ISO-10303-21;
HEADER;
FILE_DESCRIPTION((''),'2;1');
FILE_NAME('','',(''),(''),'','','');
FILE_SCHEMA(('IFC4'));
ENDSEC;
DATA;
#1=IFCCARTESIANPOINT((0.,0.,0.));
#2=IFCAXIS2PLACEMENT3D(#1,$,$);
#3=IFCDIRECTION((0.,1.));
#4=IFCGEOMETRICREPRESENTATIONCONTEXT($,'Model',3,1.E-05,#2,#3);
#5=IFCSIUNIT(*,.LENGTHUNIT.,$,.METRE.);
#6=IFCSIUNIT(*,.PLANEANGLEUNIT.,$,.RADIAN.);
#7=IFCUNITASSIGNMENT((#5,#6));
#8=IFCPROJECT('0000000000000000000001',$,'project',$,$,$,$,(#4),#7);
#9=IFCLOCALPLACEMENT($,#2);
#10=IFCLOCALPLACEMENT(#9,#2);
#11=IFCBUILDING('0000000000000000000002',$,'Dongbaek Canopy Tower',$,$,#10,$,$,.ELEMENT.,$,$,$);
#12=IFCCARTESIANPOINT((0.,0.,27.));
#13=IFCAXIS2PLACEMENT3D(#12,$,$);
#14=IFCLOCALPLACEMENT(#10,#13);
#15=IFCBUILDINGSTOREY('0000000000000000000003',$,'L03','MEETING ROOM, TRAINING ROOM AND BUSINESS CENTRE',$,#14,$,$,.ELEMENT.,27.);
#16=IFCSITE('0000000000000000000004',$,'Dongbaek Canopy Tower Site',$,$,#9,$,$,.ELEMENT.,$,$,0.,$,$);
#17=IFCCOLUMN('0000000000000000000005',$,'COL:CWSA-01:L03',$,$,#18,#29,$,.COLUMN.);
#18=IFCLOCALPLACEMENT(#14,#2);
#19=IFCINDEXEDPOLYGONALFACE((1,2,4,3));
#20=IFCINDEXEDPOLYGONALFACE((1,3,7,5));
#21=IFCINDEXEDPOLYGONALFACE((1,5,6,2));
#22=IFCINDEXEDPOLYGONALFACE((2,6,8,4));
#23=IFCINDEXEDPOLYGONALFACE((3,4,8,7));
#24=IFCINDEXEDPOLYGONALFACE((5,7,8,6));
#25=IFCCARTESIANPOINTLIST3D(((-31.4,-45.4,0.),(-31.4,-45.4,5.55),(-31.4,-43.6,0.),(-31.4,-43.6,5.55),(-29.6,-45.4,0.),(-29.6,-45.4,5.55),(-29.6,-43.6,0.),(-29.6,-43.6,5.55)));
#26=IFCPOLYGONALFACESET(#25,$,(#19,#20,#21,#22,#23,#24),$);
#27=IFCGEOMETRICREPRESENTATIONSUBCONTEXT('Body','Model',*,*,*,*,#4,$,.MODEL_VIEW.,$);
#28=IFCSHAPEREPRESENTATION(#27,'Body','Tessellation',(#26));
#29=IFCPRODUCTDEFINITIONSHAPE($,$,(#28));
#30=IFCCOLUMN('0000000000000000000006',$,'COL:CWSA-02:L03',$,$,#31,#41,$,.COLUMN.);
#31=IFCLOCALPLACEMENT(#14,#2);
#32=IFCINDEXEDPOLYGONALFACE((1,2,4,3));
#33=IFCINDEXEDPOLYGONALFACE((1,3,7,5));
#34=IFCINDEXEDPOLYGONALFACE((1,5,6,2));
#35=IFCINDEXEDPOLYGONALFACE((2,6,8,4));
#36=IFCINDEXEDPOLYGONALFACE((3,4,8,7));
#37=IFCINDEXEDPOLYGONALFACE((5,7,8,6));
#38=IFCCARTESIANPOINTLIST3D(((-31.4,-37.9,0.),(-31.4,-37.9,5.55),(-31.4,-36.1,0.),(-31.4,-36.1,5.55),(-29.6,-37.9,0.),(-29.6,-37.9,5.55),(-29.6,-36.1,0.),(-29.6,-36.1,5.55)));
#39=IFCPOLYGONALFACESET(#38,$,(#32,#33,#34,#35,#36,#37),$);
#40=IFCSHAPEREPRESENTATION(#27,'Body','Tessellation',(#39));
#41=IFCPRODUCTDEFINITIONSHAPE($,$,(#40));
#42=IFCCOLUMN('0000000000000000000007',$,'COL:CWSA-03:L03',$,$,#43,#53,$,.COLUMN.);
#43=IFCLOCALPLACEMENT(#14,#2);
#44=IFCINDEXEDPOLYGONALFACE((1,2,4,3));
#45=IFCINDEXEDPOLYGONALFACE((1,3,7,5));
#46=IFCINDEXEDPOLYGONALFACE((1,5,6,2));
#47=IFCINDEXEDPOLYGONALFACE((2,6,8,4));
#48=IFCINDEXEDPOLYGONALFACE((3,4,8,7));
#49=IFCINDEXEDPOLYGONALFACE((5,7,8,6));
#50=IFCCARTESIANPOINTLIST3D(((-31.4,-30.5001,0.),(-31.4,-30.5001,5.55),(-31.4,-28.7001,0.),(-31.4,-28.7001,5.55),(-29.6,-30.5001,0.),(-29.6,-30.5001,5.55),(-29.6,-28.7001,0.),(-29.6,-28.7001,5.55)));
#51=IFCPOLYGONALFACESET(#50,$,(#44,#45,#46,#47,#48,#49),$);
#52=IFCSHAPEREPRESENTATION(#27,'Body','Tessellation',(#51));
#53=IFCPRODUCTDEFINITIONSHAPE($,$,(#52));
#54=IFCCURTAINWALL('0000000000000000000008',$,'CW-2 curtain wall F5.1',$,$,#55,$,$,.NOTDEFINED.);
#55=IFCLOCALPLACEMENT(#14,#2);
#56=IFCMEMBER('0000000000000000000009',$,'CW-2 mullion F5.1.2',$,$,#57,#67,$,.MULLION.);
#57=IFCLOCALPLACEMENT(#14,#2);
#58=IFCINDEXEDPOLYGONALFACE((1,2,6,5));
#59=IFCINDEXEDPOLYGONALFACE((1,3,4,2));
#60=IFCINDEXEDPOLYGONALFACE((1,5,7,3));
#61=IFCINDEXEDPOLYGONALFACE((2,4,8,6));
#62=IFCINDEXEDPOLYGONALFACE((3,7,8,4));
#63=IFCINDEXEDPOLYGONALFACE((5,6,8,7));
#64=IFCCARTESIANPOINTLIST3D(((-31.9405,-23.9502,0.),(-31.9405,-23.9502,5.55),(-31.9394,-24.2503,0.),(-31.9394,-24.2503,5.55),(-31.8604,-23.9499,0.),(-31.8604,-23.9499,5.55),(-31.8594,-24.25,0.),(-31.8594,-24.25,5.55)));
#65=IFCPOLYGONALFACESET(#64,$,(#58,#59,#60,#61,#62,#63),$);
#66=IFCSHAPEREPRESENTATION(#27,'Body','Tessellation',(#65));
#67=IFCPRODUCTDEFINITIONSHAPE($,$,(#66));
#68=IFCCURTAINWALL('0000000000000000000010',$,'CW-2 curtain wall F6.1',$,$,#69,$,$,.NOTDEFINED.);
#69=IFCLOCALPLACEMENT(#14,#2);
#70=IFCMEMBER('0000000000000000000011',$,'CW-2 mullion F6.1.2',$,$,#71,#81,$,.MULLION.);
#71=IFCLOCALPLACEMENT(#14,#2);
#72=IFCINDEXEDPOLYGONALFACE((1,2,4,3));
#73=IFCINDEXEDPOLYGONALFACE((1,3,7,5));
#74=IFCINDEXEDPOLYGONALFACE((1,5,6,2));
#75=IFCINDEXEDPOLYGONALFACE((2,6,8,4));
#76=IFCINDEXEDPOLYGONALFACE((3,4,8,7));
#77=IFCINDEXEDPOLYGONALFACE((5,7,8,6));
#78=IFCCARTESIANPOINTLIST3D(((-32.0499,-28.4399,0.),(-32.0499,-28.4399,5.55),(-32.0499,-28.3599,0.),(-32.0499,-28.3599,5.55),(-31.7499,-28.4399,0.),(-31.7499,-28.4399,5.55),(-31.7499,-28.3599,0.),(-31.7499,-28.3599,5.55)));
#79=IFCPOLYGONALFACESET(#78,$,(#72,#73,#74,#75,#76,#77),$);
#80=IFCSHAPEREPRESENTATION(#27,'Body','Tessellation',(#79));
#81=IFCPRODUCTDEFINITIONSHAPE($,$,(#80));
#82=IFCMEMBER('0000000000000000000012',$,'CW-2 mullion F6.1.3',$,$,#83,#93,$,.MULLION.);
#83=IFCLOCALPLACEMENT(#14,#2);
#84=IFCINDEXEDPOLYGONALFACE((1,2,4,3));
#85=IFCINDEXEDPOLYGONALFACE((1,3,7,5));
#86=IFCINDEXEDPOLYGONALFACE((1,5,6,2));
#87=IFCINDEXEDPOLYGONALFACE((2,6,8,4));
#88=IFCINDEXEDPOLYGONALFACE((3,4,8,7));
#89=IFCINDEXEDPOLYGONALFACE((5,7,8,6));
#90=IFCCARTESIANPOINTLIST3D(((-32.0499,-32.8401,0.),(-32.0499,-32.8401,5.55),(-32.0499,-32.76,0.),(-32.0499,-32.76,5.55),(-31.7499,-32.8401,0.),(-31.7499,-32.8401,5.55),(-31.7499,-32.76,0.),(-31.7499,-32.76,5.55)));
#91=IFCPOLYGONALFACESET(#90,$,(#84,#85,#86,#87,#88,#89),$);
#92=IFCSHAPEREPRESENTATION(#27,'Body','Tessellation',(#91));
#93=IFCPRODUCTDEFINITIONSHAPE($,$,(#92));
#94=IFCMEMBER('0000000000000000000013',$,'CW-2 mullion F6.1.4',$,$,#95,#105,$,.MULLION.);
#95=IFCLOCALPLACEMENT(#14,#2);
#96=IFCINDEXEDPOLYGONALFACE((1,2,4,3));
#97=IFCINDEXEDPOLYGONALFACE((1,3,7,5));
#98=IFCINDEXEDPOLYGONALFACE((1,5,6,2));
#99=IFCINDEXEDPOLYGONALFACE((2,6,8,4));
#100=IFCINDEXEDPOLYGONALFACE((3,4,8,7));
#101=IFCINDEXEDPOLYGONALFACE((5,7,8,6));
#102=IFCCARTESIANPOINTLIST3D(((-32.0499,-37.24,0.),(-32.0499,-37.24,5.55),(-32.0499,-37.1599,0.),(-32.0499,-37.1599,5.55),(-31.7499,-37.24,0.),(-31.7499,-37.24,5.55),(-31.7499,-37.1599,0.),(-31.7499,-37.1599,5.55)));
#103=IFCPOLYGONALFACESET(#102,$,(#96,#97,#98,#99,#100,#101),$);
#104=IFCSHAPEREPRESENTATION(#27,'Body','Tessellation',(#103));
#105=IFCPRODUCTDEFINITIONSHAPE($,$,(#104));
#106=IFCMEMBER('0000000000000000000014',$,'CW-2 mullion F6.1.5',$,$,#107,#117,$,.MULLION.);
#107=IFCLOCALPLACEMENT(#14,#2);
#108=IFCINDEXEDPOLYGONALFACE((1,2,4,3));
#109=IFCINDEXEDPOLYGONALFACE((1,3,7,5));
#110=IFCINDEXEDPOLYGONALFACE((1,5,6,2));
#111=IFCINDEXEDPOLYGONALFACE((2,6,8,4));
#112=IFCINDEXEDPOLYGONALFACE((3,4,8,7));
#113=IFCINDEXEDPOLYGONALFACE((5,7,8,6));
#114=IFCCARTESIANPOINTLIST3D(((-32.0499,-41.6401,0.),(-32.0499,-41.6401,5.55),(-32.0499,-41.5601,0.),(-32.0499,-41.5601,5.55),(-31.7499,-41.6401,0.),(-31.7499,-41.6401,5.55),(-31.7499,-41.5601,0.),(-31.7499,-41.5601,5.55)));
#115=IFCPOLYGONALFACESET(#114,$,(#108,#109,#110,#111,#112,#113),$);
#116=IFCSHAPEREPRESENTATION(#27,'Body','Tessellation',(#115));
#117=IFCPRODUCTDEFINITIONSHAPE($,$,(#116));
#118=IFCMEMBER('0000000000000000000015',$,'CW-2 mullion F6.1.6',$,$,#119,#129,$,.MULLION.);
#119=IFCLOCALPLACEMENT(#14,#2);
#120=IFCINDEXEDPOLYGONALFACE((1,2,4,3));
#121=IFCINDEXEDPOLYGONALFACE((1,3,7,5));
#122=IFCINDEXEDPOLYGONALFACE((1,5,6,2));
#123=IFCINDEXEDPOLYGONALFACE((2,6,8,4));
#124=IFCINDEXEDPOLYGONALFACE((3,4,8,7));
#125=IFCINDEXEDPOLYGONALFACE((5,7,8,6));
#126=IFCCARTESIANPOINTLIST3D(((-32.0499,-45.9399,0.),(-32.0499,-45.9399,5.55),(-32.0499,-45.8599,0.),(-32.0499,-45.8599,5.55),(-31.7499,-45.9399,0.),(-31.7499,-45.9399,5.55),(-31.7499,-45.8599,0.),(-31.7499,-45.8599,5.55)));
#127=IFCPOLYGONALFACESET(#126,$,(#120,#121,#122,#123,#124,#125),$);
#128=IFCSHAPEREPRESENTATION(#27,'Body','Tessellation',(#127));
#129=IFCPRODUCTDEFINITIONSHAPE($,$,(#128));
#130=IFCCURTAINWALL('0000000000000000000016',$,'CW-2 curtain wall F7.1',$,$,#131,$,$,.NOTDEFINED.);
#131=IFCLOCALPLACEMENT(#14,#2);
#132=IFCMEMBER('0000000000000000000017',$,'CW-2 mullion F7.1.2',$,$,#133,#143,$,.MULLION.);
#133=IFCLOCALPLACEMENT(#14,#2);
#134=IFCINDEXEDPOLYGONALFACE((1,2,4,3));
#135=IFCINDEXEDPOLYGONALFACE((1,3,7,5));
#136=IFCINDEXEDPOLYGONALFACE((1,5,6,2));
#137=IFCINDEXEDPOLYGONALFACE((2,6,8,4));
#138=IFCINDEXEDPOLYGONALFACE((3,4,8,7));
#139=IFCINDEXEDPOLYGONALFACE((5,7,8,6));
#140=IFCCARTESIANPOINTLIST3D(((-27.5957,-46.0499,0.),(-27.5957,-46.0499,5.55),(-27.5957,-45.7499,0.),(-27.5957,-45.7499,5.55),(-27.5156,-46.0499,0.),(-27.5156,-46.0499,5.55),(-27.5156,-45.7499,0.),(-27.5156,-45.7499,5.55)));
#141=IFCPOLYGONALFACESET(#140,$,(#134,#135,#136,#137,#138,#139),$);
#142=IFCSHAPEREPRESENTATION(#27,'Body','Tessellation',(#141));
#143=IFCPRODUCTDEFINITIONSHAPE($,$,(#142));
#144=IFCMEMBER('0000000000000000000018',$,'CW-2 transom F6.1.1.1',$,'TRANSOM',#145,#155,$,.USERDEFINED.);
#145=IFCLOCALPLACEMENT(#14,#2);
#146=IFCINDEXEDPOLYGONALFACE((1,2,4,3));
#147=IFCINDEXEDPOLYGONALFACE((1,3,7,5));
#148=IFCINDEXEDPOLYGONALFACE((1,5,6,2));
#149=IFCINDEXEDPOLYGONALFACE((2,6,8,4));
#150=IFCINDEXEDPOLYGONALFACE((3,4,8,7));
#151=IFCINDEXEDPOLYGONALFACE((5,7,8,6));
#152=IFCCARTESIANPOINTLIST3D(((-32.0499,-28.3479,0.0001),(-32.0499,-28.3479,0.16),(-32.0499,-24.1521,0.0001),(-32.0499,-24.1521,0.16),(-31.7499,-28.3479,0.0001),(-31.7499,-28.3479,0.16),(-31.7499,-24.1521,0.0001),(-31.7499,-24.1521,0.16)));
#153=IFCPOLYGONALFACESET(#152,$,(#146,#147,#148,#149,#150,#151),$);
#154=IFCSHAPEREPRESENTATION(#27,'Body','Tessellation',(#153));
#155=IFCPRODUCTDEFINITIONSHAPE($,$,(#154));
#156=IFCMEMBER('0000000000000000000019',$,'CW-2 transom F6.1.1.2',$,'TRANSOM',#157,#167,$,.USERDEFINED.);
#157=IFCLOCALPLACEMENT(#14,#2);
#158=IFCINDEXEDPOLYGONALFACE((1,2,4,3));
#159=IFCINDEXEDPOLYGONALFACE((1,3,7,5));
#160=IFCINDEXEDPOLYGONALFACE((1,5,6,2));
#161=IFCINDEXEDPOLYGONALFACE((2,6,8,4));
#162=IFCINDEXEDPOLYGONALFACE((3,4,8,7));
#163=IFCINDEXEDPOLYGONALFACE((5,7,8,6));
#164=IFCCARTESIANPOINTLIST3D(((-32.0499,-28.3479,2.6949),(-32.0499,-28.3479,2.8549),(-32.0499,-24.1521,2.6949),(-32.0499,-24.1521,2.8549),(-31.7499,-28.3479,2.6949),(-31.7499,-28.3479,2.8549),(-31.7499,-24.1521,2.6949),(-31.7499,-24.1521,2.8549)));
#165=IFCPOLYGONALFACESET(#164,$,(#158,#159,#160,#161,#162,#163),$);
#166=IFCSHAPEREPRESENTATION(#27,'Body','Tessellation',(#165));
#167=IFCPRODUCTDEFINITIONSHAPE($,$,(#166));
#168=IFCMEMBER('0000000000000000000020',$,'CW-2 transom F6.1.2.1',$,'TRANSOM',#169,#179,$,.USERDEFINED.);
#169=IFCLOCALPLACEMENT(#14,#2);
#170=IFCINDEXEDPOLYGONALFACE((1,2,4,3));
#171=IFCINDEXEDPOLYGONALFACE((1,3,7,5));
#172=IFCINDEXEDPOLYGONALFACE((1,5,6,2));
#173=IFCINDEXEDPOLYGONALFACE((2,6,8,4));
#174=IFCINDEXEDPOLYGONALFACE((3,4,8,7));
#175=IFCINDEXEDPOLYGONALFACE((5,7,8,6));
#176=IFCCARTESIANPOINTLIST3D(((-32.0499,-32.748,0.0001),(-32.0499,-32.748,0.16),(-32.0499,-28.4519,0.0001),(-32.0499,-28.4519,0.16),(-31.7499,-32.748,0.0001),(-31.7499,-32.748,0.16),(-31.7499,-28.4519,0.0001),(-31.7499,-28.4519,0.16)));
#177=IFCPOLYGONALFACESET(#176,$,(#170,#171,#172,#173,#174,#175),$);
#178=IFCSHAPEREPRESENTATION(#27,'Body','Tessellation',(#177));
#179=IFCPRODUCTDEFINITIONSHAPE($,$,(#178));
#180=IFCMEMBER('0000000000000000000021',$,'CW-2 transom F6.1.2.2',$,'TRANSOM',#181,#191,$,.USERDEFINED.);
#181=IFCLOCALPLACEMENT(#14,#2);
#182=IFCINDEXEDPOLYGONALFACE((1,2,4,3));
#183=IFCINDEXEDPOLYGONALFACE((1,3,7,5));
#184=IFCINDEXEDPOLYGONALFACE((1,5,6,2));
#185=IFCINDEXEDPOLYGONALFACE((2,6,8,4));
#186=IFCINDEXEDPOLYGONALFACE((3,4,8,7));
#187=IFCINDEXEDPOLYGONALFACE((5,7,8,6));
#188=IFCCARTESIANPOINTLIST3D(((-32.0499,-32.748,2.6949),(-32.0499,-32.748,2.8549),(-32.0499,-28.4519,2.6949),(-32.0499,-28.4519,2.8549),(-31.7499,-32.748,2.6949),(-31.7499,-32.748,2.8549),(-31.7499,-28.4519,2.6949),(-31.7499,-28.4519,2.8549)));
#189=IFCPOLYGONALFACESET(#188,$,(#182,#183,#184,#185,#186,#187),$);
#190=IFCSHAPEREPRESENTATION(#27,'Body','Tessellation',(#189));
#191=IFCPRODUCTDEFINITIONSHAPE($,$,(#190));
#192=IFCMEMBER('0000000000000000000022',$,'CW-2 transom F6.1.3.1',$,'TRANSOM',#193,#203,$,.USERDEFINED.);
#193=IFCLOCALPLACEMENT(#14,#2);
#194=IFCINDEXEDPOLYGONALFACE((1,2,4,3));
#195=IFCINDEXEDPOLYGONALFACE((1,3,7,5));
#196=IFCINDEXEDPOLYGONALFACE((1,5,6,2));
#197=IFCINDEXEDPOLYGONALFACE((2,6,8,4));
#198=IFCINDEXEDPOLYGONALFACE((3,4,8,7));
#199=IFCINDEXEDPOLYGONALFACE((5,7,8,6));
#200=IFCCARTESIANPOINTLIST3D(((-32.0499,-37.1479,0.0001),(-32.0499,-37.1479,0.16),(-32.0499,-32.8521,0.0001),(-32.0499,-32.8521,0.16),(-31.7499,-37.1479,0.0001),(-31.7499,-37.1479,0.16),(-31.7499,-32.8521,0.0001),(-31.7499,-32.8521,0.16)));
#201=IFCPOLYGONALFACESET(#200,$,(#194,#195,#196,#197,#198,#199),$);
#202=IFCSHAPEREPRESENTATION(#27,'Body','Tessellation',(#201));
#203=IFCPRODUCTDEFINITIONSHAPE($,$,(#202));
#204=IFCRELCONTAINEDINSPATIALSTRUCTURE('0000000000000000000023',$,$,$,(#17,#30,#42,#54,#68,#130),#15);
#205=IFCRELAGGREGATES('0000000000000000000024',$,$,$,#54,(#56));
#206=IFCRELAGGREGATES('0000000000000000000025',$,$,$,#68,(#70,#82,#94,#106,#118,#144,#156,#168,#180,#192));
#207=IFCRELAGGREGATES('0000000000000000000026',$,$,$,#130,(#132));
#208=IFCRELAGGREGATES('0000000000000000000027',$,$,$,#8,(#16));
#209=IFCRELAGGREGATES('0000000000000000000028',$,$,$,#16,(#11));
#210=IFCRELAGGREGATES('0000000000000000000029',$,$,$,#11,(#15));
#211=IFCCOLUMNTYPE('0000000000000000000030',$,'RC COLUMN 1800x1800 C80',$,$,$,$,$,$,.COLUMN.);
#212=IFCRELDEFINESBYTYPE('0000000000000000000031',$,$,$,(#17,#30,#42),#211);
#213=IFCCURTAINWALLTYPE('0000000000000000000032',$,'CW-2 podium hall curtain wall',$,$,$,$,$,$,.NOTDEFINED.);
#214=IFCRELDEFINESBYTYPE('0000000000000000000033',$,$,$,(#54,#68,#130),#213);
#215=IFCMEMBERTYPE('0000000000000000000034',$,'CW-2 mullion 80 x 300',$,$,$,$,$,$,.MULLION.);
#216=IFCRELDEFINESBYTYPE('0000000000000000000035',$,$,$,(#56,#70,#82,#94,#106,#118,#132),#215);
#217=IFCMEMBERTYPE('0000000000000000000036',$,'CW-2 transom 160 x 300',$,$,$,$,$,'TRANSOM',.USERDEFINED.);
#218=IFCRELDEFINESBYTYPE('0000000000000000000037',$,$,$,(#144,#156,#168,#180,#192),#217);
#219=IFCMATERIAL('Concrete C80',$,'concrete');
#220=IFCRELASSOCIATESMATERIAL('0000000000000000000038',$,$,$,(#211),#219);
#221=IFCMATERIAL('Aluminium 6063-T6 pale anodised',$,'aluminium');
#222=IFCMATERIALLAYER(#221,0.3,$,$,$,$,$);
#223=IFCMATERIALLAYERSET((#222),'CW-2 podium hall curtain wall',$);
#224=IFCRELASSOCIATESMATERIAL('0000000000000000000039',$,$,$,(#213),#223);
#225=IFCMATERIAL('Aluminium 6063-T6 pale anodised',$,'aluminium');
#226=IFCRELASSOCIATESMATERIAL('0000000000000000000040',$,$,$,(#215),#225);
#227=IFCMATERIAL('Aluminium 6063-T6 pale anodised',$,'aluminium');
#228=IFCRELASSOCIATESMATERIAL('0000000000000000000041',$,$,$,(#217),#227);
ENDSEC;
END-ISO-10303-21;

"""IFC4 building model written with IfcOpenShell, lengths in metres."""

from ifc_helpers import new_model, si_unit, direction, frame, origin, origin_2d, place, context, subcontext, project, spatial, rectangle, extrude, material, layer, layer_set, material_profile, profile_set, type_object, element, aggregate, save


model = new_model("IFC4")

# Units and contexts
model_context = context("Model", 3, precision=1e-05, world=origin(), true_north=direction((0.0, 1.0)))
body_context = subcontext(model_context, "Body", "Model", "MODEL_VIEW")
ifc_project = project(units=[si_unit("LENGTHUNIT", "METRE"), si_unit("PLANEANGLEUNIT", "RADIAN")], contexts=[model_context])

# Site, building, storey
site_placement = place(None, origin())
site = spatial("IfcSite", under=ifc_project, at=site_placement, Name="Dongbaek Canopy Tower Site", CompositionType="ELEMENT", RefElevation=0.0)
building_placement = place(site_placement, origin())
building = spatial("IfcBuilding", under=site, at=building_placement, Name="Dongbaek Canopy Tower", CompositionType="ELEMENT")
storey_placement = place(building_placement, frame((0.0, 0.0, 27.0)))
storey = spatial("IfcBuildingStorey", under=building, at=storey_placement, Name="L03", Description="MEETING ROOM, TRAINING ROOM AND BUSINESS CENTRE", CompositionType="ELEMENT", Elevation=27.0)

# Columns
ifc_material_1 = material(Name="Concrete C80", Category="concrete")
ifc_material_profile_1 = material_profile(ifc_material_1, rectangle(XDim=1.8, YDim=1.8, at=origin_2d()), Name="RC COLUMN 1800x1800 C80")
ifc_profile_set_1 = profile_set([ifc_material_profile_1], Name="Concrete C80")
column_type = type_object("IfcColumnType", Name="RC COLUMN 1800x1800 C80", PredefinedType="COLUMN", material=ifc_profile_set_1)
for number, where, z_axis, x_axis, name in (
    (1, (-30.5, -44.5, 0.0), (0.0, 0.0, 1.0), (1.0, 0.0, 0.0), "COL:CWSA-01:L03"),
    (2, (-30.5, -37.0, 0.0), (0.0, 0.0, 1.0), (1.0, 0.0, 0.0), "COL:CWSA-02:L03"),
    (3, (-30.5, -29.6001, 0.0), (0.0, 0.0, 1.0), (1.0, 0.0, 0.0), "COL:CWSA-03:L03"),
):
    element("IfcColumn", number, at=place(storey_placement, frame(where, z_axis=z_axis, x_axis=x_axis)), inside=storey, type_object=column_type, Name=name, PredefinedType="COLUMN", context=body_context, shape_type="SweptSolid", body=[
        extrude(rectangle(XDim=1.8, YDim=1.8, at=origin_2d()), origin(), (0.0, 0.0, 1.0), 5.55),
    ])

# Curtain wall, member
ifc_material_2 = material(Name="Aluminium 6063-T6 pale anodised", Category="aluminium")
ifc_layer_1 = layer(ifc_material_2, 0.3)
ifc_layer_set_1 = layer_set([ifc_layer_1], Name="CW-2 podium hall curtain wall")
curtain_wall_type = type_object("IfcCurtainWallType", Name="CW-2 podium hall curtain wall", PredefinedType="NOTDEFINED", material=ifc_layer_set_1)
curtain_wall_1_placement = place(storey_placement, origin())
curtain_wall_1 = element("IfcCurtainWall", 4, at=curtain_wall_1_placement, inside=storey, type_object=curtain_wall_type, Name="CW-2 curtain wall F5.1", PredefinedType="NOTDEFINED")
ifc_material_3 = material(Name="Aluminium 6063-T6 pale anodised", Category="aluminium")
ifc_material_profile_2 = material_profile(ifc_material_3, rectangle(XDim=0.3, YDim=0.0801, at=origin_2d()), Name="CW-2 mullion 80 x 300")
ifc_profile_set_2 = profile_set([ifc_material_profile_2], Name="Aluminium 6063-T6 pale anodised")
member_type_1 = type_object("IfcMemberType", Name="CW-2 mullion 80 x 300", PredefinedType="MULLION", material=ifc_profile_set_2)
member_1_placement = place(storey_placement, frame((-31.8999, -24.1001, 0.0), z_axis=(0.0, 0.0, 1.0), x_axis=(-0.003396, 0.999994, 0.0)))
member_1 = element("IfcMember", 5, at=member_1_placement, type_object=member_type_1, Name="CW-2 mullion F5.1.2", PredefinedType="MULLION", context=body_context, shape_type="SweptSolid", body=[
    extrude(rectangle(XDim=0.3, YDim=0.0801, at=origin_2d()), origin(), (0.0, 0.0, 1.0), 5.55),
])
aggregate(curtain_wall_1, [member_1])

# Curtain wall, members
curtain_wall_2_placement = place(storey_placement, origin())
curtain_wall_2 = element("IfcCurtainWall", 6, at=curtain_wall_2_placement, inside=storey, type_object=curtain_wall_type, Name="CW-2 curtain wall F6.1", PredefinedType="NOTDEFINED")
member_2_placement = place(storey_placement, frame((-31.8999, -28.3999, 0.0), z_axis=(0.0, 0.0, 1.0), x_axis=(-1.0, 0.0, 0.0)))
member_2 = element("IfcMember", 7, at=member_2_placement, type_object=member_type_1, Name="CW-2 mullion F6.1.2", PredefinedType="MULLION", context=body_context, shape_type="SweptSolid", body=[
    extrude(rectangle(XDim=0.3, YDim=0.0801, at=origin_2d()), origin(), (0.0, 0.0, 1.0), 5.55),
])
member_3_placement = place(storey_placement, frame((-31.8999, -32.8, 0.0), z_axis=(0.0, 0.0, 1.0), x_axis=(-1.0, 0.0, 0.0)))
member_3 = element("IfcMember", 8, at=member_3_placement, type_object=member_type_1, Name="CW-2 mullion F6.1.3", PredefinedType="MULLION", context=body_context, shape_type="SweptSolid", body=[
    extrude(rectangle(XDim=0.3, YDim=0.0801, at=origin_2d()), origin(), (0.0, 0.0, 1.0), 5.55),
])
member_4_placement = place(storey_placement, frame((-31.8999, -37.2, 0.0), z_axis=(0.0, 0.0, 1.0), x_axis=(-1.0, 0.0, 0.0)))
member_4 = element("IfcMember", 9, at=member_4_placement, type_object=member_type_1, Name="CW-2 mullion F6.1.4", PredefinedType="MULLION", context=body_context, shape_type="SweptSolid", body=[
    extrude(rectangle(XDim=0.3, YDim=0.0801, at=origin_2d()), origin(), (0.0, 0.0, 1.0), 5.55),
])
member_5_placement = place(storey_placement, frame((-31.8999, -41.6001, 0.0), z_axis=(0.0, 0.0, 1.0), x_axis=(-1.0, 0.0, 0.0)))
member_5 = element("IfcMember", 10, at=member_5_placement, type_object=member_type_1, Name="CW-2 mullion F6.1.5", PredefinedType="MULLION", context=body_context, shape_type="SweptSolid", body=[
    extrude(rectangle(XDim=0.3, YDim=0.0801, at=origin_2d()), origin(), (0.0, 0.0, 1.0), 5.55),
])
member_6_placement = place(storey_placement, frame((-31.8999, -45.8999, 0.0), z_axis=(0.0, 0.0, 1.0), x_axis=(-1.0, 0.0, 0.0)))
member_6 = element("IfcMember", 11, at=member_6_placement, type_object=member_type_1, Name="CW-2 mullion F6.1.6", PredefinedType="MULLION", context=body_context, shape_type="SweptSolid", body=[
    extrude(rectangle(XDim=0.3, YDim=0.0801, at=origin_2d()), origin(), (0.0, 0.0, 1.0), 5.55),
])

# Curtain wall, member
curtain_wall_3_placement = place(storey_placement, origin())
curtain_wall_3 = element("IfcCurtainWall", 12, at=curtain_wall_3_placement, inside=storey, type_object=curtain_wall_type, Name="CW-2 curtain wall F7.1", PredefinedType="NOTDEFINED")
member_7_placement = place(storey_placement, frame((-27.5557, -45.8999, 0.0), z_axis=(0.0, 0.0, 1.0), x_axis=(0.0, -1.0, 0.0)))
member_7 = element("IfcMember", 13, at=member_7_placement, type_object=member_type_1, Name="CW-2 mullion F7.1.2", PredefinedType="MULLION", context=body_context, shape_type="SweptSolid", body=[
    extrude(rectangle(XDim=0.3, YDim=0.0801, at=origin_2d()), origin(), (0.0, 0.0, 1.0), 5.55),
])

# Members
ifc_material_4 = material(Name="Aluminium 6063-T6 pale anodised", Category="aluminium")
ifc_material_profile_3 = material_profile(ifc_material_4, rectangle(XDim=0.3, YDim=0.1599, at=origin_2d()), Name="CW-2 transom 160 x 300")
ifc_profile_set_3 = profile_set([ifc_material_profile_3], Name="Aluminium 6063-T6 pale anodised")
member_type_2 = type_object("IfcMemberType", Name="CW-2 transom 160 x 300", ElementType="TRANSOM", PredefinedType="USERDEFINED", material=ifc_profile_set_3)
member_8_placement = place(storey_placement, frame((-31.8999, -24.1521, 0.0801), z_axis=(0.0, -1.0, 0.0), x_axis=(1.0, 0.0, 0.0)))
member_8 = element("IfcMember", 14, at=member_8_placement, type_object=member_type_2, Name="CW-2 transom F6.1.1.1", ObjectType="TRANSOM", PredefinedType="USERDEFINED", context=body_context, shape_type="SweptSolid", body=[
    extrude(rectangle(XDim=0.3, YDim=0.1599, at=origin_2d()), origin(), (0.0, 0.0, 1.0), 4.1958),
])
member_9_placement = place(storey_placement, frame((-31.8999, -24.1521, 2.7749), z_axis=(0.0, -1.0, 0.0), x_axis=(1.0, 0.0, 0.0)))
member_9 = element("IfcMember", 15, at=member_9_placement, type_object=member_type_2, Name="CW-2 transom F6.1.1.2", ObjectType="TRANSOM", PredefinedType="USERDEFINED", context=body_context, shape_type="SweptSolid", body=[
    extrude(rectangle(XDim=0.3, YDim=0.1599, at=origin_2d()), origin(), (0.0, 0.0, 1.0), 4.1958),
])
member_10_placement = place(storey_placement, frame((-31.8999, -28.4519, 0.0801), z_axis=(0.0, -1.0, 0.0), x_axis=(1.0, 0.0, 0.0)))
member_10 = element("IfcMember", 16, at=member_10_placement, type_object=member_type_2, Name="CW-2 transom F6.1.2.1", ObjectType="TRANSOM", PredefinedType="USERDEFINED", context=body_context, shape_type="SweptSolid", body=[
    extrude(rectangle(XDim=0.3, YDim=0.1599, at=origin_2d()), origin(), (0.0, 0.0, 1.0), 4.2961),
])
member_11_placement = place(storey_placement, frame((-31.8999, -28.4519, 2.7749), z_axis=(0.0, -1.0, 0.0), x_axis=(1.0, 0.0, 0.0)))
member_11 = element("IfcMember", 17, at=member_11_placement, type_object=member_type_2, Name="CW-2 transom F6.1.2.2", ObjectType="TRANSOM", PredefinedType="USERDEFINED", context=body_context, shape_type="SweptSolid", body=[
    extrude(rectangle(XDim=0.3, YDim=0.1599, at=origin_2d()), origin(), (0.0, 0.0, 1.0), 4.2961),
])
member_12_placement = place(storey_placement, frame((-31.8999, -32.8521, 0.0801), z_axis=(0.0, -1.0, 0.0), x_axis=(1.0, 0.0, 0.0)))
member_12 = element("IfcMember", 18, at=member_12_placement, type_object=member_type_2, Name="CW-2 transom F6.1.3.1", ObjectType="TRANSOM", PredefinedType="USERDEFINED", context=body_context, shape_type="SweptSolid", body=[
    extrude(rectangle(XDim=0.3, YDim=0.1599, at=origin_2d()), origin(), (0.0, 0.0, 1.0), 4.2959),
])

aggregate(curtain_wall_2, [member_2, member_3, member_4, member_5, member_6, member_8, member_9, member_10, member_11, member_12])
aggregate(curtain_wall_3, [member_7])

save(model, "model.ifc")
